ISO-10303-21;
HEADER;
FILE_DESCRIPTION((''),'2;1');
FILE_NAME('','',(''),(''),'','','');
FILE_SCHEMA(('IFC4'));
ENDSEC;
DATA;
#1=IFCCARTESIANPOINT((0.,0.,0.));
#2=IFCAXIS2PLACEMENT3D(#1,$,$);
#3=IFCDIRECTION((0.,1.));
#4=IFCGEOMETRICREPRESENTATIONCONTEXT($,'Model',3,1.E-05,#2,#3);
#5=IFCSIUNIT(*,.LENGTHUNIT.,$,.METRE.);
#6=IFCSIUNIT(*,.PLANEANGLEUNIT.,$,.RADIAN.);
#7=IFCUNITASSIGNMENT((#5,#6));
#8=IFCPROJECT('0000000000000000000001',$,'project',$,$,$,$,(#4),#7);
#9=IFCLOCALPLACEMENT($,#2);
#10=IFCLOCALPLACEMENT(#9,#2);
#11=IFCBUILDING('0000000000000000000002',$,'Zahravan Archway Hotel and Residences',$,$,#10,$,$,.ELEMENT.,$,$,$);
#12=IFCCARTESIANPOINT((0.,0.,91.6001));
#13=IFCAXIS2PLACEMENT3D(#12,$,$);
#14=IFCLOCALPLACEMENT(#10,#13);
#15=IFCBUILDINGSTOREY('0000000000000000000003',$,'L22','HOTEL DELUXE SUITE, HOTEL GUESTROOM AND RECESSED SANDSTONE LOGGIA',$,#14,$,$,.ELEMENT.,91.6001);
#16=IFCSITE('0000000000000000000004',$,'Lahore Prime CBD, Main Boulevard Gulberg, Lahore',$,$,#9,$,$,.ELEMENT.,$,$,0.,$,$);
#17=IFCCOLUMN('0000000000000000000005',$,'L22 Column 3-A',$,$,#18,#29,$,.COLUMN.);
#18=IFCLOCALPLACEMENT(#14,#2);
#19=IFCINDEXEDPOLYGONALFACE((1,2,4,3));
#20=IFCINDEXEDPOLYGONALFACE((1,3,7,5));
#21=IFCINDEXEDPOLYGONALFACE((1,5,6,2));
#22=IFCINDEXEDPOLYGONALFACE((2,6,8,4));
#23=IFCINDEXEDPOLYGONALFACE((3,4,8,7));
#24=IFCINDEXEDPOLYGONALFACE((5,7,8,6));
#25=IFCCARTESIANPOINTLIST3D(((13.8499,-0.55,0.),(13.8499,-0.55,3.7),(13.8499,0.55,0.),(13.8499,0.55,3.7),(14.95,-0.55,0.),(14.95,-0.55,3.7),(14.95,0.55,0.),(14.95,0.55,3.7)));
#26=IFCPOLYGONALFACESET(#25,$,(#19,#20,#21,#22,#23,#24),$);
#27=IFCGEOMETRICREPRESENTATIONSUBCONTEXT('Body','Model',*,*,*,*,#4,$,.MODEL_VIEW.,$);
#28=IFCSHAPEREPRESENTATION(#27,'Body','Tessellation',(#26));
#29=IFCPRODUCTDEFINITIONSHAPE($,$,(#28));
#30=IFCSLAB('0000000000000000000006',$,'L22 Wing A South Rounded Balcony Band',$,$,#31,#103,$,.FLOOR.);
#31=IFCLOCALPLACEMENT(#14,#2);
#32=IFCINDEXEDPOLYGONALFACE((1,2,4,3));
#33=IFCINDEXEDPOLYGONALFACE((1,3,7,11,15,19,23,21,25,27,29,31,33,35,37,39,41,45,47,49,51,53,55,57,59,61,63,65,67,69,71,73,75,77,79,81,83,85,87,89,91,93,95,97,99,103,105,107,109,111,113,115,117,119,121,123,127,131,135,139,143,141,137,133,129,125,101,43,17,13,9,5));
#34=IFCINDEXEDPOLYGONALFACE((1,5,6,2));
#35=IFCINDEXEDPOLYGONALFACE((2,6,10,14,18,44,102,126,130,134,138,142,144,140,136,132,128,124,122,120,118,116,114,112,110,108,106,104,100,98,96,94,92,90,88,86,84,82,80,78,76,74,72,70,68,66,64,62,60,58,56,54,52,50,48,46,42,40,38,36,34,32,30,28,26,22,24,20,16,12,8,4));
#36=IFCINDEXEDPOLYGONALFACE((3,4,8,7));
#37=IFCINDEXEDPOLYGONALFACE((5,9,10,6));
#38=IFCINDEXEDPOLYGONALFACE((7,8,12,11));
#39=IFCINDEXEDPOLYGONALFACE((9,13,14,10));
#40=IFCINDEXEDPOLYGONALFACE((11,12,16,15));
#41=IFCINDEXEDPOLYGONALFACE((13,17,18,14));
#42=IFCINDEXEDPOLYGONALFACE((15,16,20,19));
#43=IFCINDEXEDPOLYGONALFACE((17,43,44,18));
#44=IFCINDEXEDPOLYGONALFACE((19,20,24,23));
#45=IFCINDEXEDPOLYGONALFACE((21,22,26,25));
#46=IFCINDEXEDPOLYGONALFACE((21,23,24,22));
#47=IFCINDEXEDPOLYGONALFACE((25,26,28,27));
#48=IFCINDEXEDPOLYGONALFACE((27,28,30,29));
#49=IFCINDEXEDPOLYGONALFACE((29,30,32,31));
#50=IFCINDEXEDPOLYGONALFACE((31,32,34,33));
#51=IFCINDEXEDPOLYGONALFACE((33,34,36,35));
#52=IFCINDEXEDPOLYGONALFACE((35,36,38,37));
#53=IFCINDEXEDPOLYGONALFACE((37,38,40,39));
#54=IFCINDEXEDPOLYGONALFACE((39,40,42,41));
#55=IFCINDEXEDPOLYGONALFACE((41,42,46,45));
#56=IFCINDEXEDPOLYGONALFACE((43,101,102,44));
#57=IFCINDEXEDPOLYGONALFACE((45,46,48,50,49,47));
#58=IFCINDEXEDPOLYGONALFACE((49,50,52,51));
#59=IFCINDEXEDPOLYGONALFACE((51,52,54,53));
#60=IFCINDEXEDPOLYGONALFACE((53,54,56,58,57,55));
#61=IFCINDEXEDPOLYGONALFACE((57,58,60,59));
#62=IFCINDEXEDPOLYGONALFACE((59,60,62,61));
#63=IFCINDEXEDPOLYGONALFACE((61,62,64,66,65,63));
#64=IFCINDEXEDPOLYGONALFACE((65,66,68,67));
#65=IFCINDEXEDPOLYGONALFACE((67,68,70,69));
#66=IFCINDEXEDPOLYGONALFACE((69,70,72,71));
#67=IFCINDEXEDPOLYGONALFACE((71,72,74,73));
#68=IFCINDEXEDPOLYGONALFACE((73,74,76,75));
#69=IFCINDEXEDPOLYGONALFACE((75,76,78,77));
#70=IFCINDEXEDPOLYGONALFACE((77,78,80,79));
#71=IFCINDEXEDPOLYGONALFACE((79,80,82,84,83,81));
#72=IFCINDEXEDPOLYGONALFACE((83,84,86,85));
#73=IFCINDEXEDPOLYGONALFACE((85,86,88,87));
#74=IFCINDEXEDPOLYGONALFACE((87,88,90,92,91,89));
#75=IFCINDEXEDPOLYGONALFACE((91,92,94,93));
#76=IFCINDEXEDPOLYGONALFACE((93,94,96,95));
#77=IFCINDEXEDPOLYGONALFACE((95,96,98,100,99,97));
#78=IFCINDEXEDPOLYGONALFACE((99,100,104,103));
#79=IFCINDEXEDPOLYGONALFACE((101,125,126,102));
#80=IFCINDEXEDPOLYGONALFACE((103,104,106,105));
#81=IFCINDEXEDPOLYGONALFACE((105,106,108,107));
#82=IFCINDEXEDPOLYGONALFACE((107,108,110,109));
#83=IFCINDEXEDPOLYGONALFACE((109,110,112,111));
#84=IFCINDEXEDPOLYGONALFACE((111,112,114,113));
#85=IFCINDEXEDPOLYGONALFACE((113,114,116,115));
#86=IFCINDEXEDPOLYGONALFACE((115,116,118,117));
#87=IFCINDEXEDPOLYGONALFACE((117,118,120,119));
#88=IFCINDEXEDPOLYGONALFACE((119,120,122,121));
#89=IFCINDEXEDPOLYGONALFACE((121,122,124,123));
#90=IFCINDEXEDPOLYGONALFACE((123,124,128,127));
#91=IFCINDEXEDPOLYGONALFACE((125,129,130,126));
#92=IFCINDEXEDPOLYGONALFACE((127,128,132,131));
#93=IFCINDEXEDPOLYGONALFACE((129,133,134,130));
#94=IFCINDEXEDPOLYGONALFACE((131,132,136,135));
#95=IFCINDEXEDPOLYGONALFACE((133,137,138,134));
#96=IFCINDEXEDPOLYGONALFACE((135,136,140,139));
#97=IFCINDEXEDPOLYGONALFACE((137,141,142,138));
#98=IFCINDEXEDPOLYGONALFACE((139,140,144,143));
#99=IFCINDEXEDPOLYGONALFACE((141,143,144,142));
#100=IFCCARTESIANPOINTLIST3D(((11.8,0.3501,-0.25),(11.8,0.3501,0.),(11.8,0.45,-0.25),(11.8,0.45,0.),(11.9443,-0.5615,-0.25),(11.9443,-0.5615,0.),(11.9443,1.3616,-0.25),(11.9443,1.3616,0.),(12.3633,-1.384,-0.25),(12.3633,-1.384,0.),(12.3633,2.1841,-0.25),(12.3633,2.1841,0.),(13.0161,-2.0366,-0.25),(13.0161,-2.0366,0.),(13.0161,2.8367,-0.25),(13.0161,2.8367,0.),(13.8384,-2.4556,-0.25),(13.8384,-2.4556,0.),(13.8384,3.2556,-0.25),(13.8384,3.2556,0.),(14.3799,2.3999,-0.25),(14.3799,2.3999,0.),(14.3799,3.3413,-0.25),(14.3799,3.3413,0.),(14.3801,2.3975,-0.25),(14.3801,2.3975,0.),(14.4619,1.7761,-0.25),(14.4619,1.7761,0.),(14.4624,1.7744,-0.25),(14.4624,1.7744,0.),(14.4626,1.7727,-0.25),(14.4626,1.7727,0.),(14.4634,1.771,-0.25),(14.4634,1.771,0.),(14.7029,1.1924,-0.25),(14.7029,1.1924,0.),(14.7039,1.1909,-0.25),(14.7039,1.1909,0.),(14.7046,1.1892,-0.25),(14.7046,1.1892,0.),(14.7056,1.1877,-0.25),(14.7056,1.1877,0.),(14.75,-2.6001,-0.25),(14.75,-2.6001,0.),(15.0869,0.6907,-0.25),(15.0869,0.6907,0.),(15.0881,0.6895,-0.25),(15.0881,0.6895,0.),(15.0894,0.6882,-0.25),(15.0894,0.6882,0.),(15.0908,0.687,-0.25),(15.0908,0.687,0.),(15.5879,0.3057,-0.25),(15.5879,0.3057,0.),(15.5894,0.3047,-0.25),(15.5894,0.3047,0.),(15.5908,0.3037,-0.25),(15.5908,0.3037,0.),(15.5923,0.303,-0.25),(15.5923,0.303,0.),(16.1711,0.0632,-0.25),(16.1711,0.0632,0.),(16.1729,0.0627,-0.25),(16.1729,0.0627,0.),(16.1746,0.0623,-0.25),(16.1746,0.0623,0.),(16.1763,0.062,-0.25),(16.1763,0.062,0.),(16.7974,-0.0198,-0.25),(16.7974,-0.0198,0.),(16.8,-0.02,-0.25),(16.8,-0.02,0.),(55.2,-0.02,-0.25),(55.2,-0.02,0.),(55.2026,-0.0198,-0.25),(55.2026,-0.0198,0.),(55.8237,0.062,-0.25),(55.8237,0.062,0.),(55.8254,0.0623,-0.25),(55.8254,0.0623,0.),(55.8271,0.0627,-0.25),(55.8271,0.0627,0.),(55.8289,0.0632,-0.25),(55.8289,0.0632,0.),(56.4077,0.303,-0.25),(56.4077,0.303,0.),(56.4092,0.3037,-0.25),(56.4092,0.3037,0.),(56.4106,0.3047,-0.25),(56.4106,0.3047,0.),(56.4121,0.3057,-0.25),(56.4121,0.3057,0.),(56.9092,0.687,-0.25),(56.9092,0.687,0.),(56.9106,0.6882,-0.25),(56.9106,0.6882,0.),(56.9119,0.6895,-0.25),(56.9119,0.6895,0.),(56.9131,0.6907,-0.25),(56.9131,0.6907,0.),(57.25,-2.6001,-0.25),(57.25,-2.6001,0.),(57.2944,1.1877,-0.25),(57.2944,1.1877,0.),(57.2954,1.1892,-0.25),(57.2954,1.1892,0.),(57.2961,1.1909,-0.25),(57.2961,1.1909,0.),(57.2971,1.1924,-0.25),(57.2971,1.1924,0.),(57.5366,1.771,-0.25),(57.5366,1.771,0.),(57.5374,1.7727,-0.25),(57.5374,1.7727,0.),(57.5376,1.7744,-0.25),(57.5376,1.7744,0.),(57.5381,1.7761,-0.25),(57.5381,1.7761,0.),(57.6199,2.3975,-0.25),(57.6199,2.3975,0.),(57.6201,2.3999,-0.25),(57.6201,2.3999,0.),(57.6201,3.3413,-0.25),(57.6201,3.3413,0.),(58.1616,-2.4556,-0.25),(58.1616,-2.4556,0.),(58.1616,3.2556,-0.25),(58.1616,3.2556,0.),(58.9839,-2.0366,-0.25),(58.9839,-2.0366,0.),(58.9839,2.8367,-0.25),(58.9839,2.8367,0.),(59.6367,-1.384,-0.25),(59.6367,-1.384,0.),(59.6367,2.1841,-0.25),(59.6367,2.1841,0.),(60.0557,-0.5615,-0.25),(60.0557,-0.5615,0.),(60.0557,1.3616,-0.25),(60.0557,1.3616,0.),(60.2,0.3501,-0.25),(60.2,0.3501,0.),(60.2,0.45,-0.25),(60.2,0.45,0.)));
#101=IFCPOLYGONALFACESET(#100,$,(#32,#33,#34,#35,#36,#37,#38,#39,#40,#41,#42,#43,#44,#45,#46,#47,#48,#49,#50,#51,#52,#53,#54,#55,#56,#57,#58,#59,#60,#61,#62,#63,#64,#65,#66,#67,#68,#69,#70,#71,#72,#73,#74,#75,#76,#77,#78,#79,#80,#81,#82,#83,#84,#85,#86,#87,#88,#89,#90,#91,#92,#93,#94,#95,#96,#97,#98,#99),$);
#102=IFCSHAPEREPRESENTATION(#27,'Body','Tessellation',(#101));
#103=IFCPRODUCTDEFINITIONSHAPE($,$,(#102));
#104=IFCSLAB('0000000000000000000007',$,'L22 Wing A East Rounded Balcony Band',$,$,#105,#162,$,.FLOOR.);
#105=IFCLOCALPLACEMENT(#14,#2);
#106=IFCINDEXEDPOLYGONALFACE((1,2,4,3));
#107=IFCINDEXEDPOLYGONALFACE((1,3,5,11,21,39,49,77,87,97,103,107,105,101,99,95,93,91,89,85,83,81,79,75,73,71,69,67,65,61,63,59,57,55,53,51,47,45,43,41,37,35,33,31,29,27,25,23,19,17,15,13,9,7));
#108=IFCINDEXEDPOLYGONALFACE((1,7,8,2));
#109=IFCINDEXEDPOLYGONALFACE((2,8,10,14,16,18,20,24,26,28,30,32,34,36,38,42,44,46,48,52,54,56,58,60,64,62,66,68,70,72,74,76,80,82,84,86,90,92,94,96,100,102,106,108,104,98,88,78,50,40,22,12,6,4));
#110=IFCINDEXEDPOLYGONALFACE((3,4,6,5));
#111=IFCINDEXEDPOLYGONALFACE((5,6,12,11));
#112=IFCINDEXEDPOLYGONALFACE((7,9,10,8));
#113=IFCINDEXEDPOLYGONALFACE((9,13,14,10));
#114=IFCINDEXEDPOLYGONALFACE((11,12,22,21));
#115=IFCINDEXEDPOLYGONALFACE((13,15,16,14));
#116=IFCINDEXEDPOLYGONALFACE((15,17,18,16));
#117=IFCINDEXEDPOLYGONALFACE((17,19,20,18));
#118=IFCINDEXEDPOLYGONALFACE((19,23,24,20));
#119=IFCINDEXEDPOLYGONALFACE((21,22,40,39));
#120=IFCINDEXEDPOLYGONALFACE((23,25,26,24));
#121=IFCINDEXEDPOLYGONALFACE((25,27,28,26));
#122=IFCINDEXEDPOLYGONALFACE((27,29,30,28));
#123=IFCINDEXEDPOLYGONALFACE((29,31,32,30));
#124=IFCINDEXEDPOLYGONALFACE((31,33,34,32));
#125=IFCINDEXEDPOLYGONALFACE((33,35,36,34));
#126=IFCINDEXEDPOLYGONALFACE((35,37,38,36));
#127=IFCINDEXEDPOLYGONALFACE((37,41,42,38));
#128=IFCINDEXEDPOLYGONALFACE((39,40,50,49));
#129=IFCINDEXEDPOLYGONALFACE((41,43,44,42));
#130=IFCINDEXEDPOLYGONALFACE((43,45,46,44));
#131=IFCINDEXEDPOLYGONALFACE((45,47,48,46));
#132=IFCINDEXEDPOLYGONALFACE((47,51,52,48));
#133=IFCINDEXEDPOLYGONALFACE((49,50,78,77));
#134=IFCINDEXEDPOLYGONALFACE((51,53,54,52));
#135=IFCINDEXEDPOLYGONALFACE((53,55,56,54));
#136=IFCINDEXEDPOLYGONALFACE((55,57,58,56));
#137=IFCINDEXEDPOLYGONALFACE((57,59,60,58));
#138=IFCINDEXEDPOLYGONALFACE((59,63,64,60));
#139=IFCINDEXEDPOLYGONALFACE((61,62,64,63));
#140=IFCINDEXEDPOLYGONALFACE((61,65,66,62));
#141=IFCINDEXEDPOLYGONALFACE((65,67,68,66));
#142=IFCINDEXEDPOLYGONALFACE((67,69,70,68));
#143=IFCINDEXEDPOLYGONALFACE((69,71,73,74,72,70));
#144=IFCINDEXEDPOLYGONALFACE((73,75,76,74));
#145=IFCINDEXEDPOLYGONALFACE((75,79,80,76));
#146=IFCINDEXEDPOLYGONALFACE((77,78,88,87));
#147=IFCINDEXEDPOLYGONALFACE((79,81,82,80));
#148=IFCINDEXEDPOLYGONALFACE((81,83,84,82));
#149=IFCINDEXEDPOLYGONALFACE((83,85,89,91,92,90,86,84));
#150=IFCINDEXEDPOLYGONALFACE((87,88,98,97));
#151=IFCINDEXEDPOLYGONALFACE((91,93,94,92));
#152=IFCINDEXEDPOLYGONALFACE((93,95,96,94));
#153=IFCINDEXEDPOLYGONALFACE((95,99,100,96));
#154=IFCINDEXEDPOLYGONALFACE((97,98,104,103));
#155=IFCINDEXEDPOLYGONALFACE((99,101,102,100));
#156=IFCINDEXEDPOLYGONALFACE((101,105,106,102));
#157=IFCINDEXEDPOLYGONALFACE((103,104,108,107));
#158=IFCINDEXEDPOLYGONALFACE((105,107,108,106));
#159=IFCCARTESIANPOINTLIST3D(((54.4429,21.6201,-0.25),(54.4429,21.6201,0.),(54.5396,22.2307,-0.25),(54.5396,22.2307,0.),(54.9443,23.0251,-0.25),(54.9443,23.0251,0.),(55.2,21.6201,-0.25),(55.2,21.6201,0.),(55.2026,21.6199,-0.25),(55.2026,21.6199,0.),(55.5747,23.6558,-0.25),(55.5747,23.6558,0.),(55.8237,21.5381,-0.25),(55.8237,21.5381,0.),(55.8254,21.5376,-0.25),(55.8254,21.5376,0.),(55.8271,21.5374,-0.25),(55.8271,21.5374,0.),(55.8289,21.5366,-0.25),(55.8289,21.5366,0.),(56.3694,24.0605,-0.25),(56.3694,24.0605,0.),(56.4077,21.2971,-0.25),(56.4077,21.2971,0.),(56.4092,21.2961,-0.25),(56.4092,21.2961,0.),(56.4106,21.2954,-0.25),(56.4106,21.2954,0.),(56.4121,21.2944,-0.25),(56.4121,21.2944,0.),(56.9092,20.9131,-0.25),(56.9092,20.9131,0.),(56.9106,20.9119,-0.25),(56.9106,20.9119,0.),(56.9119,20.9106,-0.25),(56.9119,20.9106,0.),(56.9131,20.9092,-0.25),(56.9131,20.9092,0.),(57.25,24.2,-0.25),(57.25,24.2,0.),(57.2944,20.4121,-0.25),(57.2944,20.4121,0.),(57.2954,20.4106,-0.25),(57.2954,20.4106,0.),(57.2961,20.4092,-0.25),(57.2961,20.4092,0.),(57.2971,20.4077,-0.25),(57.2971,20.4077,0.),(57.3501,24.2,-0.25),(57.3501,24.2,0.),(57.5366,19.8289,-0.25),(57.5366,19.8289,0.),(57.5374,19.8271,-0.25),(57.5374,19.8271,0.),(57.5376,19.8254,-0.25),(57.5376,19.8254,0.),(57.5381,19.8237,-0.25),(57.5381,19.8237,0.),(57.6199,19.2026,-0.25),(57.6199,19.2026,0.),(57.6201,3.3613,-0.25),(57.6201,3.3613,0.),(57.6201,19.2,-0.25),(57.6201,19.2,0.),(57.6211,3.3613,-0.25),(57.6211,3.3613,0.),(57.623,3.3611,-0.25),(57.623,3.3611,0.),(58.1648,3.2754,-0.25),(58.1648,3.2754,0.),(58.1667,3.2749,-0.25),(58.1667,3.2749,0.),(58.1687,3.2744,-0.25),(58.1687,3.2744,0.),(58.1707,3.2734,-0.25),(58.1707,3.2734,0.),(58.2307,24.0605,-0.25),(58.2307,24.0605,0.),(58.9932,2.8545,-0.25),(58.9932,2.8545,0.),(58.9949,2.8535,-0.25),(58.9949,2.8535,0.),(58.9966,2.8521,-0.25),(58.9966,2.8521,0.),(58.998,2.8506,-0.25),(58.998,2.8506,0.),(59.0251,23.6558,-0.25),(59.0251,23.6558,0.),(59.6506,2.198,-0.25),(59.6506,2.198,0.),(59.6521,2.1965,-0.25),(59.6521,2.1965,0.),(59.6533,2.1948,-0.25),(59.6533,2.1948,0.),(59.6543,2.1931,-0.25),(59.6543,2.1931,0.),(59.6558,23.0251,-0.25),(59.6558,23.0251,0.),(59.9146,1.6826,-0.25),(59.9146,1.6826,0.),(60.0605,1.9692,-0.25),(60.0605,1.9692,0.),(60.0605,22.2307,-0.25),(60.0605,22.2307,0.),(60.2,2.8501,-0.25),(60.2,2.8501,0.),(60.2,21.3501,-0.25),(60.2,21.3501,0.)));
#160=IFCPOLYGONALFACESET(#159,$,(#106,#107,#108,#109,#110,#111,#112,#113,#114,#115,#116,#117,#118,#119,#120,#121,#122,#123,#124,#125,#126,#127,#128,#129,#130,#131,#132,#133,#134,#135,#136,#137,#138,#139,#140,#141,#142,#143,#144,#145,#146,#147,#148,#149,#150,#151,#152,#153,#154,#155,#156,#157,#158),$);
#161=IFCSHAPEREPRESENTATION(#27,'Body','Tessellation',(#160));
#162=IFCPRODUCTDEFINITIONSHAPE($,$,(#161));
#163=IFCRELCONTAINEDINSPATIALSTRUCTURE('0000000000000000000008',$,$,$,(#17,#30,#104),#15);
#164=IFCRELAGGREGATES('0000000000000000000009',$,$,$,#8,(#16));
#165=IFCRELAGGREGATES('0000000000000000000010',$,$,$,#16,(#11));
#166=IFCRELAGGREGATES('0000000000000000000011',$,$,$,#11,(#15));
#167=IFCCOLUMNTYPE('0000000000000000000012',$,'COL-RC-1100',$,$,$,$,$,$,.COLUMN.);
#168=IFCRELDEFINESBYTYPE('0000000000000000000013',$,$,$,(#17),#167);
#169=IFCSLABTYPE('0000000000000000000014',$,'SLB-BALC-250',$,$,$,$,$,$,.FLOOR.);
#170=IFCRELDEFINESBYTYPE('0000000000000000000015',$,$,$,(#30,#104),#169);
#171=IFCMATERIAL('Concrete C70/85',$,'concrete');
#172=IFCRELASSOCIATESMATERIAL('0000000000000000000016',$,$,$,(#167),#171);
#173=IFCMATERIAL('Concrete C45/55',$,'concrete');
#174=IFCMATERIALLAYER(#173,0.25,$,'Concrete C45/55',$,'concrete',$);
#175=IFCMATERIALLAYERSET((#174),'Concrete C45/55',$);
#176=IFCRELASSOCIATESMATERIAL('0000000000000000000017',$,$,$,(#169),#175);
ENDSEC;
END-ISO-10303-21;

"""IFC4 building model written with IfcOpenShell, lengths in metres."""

from ifc_helpers import new_model, si_unit, direction, frame, origin, origin_2d, place, context, subcontext, project, spatial, polyline, rectangle, outline, extrude, source, transform, mapped, material, layer, layer_set, material_profile, profile_set, type_object, element, save


model = new_model("IFC4")

# Units and contexts
model_context = context("Model", 3, precision=1e-05, world=origin(), true_north=direction((0.0, 1.0)))
body_context = subcontext(model_context, "Body", "Model", "MODEL_VIEW")
ifc_project = project(units=[si_unit("LENGTHUNIT", "METRE"), si_unit("PLANEANGLEUNIT", "RADIAN")], contexts=[model_context])

# Site, building, storey
site_placement = place(None, origin())
site = spatial("IfcSite", under=ifc_project, at=site_placement, Name="Lahore Prime CBD, Main Boulevard Gulberg, Lahore", CompositionType="ELEMENT", RefElevation=0.0)
building_placement = place(site_placement, origin())
building = spatial("IfcBuilding", under=site, at=building_placement, Name="Zahravan Archway Hotel and Residences", CompositionType="ELEMENT")
storey_placement = place(building_placement, frame((0.0, 0.0, 91.6001)))
storey = spatial("IfcBuildingStorey", under=building, at=storey_placement, Name="L22", Description="HOTEL DELUXE SUITE, HOTEL GUESTROOM AND RECESSED SANDSTONE LOGGIA", CompositionType="ELEMENT", Elevation=91.6001)

# Column
ifc_material_1 = material(Name="Concrete C70/85", Category="concrete")
ifc_material_profile = material_profile(ifc_material_1, rectangle(XDim=1.1001, YDim=1.1001, at=origin_2d()), Name="RC 1100x1100", Category="concrete")
ifc_profile_set = profile_set([ifc_material_profile], Name="Concrete C70/85")
column_type = type_object("IfcColumnType", Name="COL-RC-1100", PredefinedType="COLUMN", material=ifc_profile_set)
shared_shape = source(origin(), body_context, "Body", "SweptSolid", [
    extrude(rectangle(XDim=1.1001, YDim=1.1001, at=origin_2d()), origin(), (0.0, 0.0, 1.0), 3.7),
])
column_placement = place(storey_placement, frame((14.3999, 0.0, 0.0), z_axis=(0.0, 0.0, 1.0), x_axis=(1.0, 0.0, 0.0)))
element("IfcColumn", 1, at=column_placement, inside=storey, type_object=column_type, Name="L22 Column 3-A", PredefinedType="COLUMN", context=body_context, shape_type="MappedRepresentation", body=[
    mapped(shared_shape, transform((0.0, 0.0, 0.0), scale=1.0)),
])

# Slabs
ifc_material_2 = material(Name="Concrete C45/55", Category="concrete")
ifc_layer_1 = layer(ifc_material_2, 0.25, Name="Concrete C45/55", Category="concrete")
ifc_layer_set_1 = layer_set([ifc_layer_1], Name="Concrete C45/55")
slab_type_1 = type_object("IfcSlabType", Name="SLB-BALC-250", PredefinedType="FLOOR", material=ifc_layer_set_1)
slab_1_placement = place(storey_placement, frame((0.0, 0.0, -0.25)))
element("IfcSlab", 2, at=slab_1_placement, inside=storey, type_object=slab_type_1, Name="L22 Wing A South Rounded Balcony Band", PredefinedType="FLOOR", context=body_context, shape_type="SweptSolid", body=[
    extrude(outline(polyline([(58.1616, 3.2556), (58.9839, 2.8367), (59.6367, 2.1841), (60.0557, 1.3616), (60.2, 0.45), (60.2, 0.3501), (60.0557, -0.5615), (59.6367, -1.384), (58.9839, -2.0366), (58.1616, -2.4556), (57.25, -2.6001), (14.75, -2.6001), (13.8384, -2.4556), (13.0161, -2.0366), (12.3633, -1.384), (11.9443, -0.5615), (11.8, 0.3501), (11.8, 0.45), (11.9443, 1.3616), (12.3633, 2.1841), (13.0161, 2.8367), (13.8384, 3.2556), (14.3799, 3.3413), (14.3799, 2.3999), (14.3801, 2.3975), (14.4619, 1.7761), (14.4624, 1.7744), (14.4626, 1.7727), (14.4634, 1.771), (14.7029, 1.1924), (14.7039, 1.1909), (14.7046, 1.1892), (14.7056, 1.1877), (15.0869, 0.6907), (15.0881, 0.6895), (15.0894, 0.6882), (15.0908, 0.687), (15.5879, 0.3057), (15.5894, 0.3047), (15.5908, 0.3037), (15.5923, 0.303), (16.1711, 0.0632), (16.1729, 0.0627), (16.1746, 0.0623), (16.1763, 0.062), (16.7974, -0.0198), (16.8, -0.02), (55.2, -0.02), (55.2026, -0.0198), (55.8237, 0.062), (55.8254, 0.0623), (55.8271, 0.0627), (55.8289, 0.0632), (56.4077, 0.303), (56.4092, 0.3037), (56.4106, 0.3047), (56.4121, 0.3057), (56.9092, 0.687), (56.9106, 0.6882), (56.9119, 0.6895), (56.9131, 0.6907), (57.2944, 1.1877), (57.2954, 1.1892), (57.2961, 1.1909), (57.2971, 1.1924), (57.5366, 1.771), (57.5374, 1.7727), (57.5376, 1.7744), (57.5381, 1.7761), (57.6199, 2.3975), (57.6201, 2.3999), (57.6201, 3.3413), (58.1616, 3.2556)])), origin(), (0.0, 0.0, 1.0), 0.25),
])
slab_2_placement = place(storey_placement, frame((0.0, 0.0, -0.25)))
element("IfcSlab", 3, at=slab_2_placement, inside=storey, type_object=slab_type_1, Name="L22 Wing A East Rounded Balcony Band", PredefinedType="FLOOR", context=body_context, shape_type="SweptSolid", body=[
    extrude(outline(polyline([(54.5396, 22.2307), (54.9443, 23.0251), (55.5747, 23.6558), (56.3694, 24.0605), (57.25, 24.2), (57.3501, 24.2), (58.2307, 24.0605), (59.0251, 23.6558), (59.6558, 23.0251), (60.0605, 22.2307), (60.2, 21.3501), (60.2, 2.8501), (60.0605, 1.9692), (59.9146, 1.6826), (59.6543, 2.1931), (59.6533, 2.1948), (59.6521, 2.1965), (59.6506, 2.198), (58.998, 2.8506), (58.9966, 2.8521), (58.9949, 2.8535), (58.9932, 2.8545), (58.1707, 3.2734), (58.1687, 3.2744), (58.1667, 3.2749), (58.1648, 3.2754), (57.623, 3.3611), (57.6211, 3.3613), (57.6201, 3.3613), (57.6201, 19.2), (57.6199, 19.2026), (57.5381, 19.8237), (57.5376, 19.8254), (57.5374, 19.8271), (57.5366, 19.8289), (57.2971, 20.4077), (57.2961, 20.4092), (57.2954, 20.4106), (57.2944, 20.4121), (56.9131, 20.9092), (56.9119, 20.9106), (56.9106, 20.9119), (56.9092, 20.9131), (56.4121, 21.2944), (56.4106, 21.2954), (56.4092, 21.2961), (56.4077, 21.2971), (55.8289, 21.5366), (55.8271, 21.5374), (55.8254, 21.5376), (55.8237, 21.5381), (55.2026, 21.6199), (55.2, 21.6201), (54.4429, 21.6201), (54.5396, 22.2307)])), origin(), (0.0, 0.0, 1.0), 0.25),
])

save(model, "model.ifc")
